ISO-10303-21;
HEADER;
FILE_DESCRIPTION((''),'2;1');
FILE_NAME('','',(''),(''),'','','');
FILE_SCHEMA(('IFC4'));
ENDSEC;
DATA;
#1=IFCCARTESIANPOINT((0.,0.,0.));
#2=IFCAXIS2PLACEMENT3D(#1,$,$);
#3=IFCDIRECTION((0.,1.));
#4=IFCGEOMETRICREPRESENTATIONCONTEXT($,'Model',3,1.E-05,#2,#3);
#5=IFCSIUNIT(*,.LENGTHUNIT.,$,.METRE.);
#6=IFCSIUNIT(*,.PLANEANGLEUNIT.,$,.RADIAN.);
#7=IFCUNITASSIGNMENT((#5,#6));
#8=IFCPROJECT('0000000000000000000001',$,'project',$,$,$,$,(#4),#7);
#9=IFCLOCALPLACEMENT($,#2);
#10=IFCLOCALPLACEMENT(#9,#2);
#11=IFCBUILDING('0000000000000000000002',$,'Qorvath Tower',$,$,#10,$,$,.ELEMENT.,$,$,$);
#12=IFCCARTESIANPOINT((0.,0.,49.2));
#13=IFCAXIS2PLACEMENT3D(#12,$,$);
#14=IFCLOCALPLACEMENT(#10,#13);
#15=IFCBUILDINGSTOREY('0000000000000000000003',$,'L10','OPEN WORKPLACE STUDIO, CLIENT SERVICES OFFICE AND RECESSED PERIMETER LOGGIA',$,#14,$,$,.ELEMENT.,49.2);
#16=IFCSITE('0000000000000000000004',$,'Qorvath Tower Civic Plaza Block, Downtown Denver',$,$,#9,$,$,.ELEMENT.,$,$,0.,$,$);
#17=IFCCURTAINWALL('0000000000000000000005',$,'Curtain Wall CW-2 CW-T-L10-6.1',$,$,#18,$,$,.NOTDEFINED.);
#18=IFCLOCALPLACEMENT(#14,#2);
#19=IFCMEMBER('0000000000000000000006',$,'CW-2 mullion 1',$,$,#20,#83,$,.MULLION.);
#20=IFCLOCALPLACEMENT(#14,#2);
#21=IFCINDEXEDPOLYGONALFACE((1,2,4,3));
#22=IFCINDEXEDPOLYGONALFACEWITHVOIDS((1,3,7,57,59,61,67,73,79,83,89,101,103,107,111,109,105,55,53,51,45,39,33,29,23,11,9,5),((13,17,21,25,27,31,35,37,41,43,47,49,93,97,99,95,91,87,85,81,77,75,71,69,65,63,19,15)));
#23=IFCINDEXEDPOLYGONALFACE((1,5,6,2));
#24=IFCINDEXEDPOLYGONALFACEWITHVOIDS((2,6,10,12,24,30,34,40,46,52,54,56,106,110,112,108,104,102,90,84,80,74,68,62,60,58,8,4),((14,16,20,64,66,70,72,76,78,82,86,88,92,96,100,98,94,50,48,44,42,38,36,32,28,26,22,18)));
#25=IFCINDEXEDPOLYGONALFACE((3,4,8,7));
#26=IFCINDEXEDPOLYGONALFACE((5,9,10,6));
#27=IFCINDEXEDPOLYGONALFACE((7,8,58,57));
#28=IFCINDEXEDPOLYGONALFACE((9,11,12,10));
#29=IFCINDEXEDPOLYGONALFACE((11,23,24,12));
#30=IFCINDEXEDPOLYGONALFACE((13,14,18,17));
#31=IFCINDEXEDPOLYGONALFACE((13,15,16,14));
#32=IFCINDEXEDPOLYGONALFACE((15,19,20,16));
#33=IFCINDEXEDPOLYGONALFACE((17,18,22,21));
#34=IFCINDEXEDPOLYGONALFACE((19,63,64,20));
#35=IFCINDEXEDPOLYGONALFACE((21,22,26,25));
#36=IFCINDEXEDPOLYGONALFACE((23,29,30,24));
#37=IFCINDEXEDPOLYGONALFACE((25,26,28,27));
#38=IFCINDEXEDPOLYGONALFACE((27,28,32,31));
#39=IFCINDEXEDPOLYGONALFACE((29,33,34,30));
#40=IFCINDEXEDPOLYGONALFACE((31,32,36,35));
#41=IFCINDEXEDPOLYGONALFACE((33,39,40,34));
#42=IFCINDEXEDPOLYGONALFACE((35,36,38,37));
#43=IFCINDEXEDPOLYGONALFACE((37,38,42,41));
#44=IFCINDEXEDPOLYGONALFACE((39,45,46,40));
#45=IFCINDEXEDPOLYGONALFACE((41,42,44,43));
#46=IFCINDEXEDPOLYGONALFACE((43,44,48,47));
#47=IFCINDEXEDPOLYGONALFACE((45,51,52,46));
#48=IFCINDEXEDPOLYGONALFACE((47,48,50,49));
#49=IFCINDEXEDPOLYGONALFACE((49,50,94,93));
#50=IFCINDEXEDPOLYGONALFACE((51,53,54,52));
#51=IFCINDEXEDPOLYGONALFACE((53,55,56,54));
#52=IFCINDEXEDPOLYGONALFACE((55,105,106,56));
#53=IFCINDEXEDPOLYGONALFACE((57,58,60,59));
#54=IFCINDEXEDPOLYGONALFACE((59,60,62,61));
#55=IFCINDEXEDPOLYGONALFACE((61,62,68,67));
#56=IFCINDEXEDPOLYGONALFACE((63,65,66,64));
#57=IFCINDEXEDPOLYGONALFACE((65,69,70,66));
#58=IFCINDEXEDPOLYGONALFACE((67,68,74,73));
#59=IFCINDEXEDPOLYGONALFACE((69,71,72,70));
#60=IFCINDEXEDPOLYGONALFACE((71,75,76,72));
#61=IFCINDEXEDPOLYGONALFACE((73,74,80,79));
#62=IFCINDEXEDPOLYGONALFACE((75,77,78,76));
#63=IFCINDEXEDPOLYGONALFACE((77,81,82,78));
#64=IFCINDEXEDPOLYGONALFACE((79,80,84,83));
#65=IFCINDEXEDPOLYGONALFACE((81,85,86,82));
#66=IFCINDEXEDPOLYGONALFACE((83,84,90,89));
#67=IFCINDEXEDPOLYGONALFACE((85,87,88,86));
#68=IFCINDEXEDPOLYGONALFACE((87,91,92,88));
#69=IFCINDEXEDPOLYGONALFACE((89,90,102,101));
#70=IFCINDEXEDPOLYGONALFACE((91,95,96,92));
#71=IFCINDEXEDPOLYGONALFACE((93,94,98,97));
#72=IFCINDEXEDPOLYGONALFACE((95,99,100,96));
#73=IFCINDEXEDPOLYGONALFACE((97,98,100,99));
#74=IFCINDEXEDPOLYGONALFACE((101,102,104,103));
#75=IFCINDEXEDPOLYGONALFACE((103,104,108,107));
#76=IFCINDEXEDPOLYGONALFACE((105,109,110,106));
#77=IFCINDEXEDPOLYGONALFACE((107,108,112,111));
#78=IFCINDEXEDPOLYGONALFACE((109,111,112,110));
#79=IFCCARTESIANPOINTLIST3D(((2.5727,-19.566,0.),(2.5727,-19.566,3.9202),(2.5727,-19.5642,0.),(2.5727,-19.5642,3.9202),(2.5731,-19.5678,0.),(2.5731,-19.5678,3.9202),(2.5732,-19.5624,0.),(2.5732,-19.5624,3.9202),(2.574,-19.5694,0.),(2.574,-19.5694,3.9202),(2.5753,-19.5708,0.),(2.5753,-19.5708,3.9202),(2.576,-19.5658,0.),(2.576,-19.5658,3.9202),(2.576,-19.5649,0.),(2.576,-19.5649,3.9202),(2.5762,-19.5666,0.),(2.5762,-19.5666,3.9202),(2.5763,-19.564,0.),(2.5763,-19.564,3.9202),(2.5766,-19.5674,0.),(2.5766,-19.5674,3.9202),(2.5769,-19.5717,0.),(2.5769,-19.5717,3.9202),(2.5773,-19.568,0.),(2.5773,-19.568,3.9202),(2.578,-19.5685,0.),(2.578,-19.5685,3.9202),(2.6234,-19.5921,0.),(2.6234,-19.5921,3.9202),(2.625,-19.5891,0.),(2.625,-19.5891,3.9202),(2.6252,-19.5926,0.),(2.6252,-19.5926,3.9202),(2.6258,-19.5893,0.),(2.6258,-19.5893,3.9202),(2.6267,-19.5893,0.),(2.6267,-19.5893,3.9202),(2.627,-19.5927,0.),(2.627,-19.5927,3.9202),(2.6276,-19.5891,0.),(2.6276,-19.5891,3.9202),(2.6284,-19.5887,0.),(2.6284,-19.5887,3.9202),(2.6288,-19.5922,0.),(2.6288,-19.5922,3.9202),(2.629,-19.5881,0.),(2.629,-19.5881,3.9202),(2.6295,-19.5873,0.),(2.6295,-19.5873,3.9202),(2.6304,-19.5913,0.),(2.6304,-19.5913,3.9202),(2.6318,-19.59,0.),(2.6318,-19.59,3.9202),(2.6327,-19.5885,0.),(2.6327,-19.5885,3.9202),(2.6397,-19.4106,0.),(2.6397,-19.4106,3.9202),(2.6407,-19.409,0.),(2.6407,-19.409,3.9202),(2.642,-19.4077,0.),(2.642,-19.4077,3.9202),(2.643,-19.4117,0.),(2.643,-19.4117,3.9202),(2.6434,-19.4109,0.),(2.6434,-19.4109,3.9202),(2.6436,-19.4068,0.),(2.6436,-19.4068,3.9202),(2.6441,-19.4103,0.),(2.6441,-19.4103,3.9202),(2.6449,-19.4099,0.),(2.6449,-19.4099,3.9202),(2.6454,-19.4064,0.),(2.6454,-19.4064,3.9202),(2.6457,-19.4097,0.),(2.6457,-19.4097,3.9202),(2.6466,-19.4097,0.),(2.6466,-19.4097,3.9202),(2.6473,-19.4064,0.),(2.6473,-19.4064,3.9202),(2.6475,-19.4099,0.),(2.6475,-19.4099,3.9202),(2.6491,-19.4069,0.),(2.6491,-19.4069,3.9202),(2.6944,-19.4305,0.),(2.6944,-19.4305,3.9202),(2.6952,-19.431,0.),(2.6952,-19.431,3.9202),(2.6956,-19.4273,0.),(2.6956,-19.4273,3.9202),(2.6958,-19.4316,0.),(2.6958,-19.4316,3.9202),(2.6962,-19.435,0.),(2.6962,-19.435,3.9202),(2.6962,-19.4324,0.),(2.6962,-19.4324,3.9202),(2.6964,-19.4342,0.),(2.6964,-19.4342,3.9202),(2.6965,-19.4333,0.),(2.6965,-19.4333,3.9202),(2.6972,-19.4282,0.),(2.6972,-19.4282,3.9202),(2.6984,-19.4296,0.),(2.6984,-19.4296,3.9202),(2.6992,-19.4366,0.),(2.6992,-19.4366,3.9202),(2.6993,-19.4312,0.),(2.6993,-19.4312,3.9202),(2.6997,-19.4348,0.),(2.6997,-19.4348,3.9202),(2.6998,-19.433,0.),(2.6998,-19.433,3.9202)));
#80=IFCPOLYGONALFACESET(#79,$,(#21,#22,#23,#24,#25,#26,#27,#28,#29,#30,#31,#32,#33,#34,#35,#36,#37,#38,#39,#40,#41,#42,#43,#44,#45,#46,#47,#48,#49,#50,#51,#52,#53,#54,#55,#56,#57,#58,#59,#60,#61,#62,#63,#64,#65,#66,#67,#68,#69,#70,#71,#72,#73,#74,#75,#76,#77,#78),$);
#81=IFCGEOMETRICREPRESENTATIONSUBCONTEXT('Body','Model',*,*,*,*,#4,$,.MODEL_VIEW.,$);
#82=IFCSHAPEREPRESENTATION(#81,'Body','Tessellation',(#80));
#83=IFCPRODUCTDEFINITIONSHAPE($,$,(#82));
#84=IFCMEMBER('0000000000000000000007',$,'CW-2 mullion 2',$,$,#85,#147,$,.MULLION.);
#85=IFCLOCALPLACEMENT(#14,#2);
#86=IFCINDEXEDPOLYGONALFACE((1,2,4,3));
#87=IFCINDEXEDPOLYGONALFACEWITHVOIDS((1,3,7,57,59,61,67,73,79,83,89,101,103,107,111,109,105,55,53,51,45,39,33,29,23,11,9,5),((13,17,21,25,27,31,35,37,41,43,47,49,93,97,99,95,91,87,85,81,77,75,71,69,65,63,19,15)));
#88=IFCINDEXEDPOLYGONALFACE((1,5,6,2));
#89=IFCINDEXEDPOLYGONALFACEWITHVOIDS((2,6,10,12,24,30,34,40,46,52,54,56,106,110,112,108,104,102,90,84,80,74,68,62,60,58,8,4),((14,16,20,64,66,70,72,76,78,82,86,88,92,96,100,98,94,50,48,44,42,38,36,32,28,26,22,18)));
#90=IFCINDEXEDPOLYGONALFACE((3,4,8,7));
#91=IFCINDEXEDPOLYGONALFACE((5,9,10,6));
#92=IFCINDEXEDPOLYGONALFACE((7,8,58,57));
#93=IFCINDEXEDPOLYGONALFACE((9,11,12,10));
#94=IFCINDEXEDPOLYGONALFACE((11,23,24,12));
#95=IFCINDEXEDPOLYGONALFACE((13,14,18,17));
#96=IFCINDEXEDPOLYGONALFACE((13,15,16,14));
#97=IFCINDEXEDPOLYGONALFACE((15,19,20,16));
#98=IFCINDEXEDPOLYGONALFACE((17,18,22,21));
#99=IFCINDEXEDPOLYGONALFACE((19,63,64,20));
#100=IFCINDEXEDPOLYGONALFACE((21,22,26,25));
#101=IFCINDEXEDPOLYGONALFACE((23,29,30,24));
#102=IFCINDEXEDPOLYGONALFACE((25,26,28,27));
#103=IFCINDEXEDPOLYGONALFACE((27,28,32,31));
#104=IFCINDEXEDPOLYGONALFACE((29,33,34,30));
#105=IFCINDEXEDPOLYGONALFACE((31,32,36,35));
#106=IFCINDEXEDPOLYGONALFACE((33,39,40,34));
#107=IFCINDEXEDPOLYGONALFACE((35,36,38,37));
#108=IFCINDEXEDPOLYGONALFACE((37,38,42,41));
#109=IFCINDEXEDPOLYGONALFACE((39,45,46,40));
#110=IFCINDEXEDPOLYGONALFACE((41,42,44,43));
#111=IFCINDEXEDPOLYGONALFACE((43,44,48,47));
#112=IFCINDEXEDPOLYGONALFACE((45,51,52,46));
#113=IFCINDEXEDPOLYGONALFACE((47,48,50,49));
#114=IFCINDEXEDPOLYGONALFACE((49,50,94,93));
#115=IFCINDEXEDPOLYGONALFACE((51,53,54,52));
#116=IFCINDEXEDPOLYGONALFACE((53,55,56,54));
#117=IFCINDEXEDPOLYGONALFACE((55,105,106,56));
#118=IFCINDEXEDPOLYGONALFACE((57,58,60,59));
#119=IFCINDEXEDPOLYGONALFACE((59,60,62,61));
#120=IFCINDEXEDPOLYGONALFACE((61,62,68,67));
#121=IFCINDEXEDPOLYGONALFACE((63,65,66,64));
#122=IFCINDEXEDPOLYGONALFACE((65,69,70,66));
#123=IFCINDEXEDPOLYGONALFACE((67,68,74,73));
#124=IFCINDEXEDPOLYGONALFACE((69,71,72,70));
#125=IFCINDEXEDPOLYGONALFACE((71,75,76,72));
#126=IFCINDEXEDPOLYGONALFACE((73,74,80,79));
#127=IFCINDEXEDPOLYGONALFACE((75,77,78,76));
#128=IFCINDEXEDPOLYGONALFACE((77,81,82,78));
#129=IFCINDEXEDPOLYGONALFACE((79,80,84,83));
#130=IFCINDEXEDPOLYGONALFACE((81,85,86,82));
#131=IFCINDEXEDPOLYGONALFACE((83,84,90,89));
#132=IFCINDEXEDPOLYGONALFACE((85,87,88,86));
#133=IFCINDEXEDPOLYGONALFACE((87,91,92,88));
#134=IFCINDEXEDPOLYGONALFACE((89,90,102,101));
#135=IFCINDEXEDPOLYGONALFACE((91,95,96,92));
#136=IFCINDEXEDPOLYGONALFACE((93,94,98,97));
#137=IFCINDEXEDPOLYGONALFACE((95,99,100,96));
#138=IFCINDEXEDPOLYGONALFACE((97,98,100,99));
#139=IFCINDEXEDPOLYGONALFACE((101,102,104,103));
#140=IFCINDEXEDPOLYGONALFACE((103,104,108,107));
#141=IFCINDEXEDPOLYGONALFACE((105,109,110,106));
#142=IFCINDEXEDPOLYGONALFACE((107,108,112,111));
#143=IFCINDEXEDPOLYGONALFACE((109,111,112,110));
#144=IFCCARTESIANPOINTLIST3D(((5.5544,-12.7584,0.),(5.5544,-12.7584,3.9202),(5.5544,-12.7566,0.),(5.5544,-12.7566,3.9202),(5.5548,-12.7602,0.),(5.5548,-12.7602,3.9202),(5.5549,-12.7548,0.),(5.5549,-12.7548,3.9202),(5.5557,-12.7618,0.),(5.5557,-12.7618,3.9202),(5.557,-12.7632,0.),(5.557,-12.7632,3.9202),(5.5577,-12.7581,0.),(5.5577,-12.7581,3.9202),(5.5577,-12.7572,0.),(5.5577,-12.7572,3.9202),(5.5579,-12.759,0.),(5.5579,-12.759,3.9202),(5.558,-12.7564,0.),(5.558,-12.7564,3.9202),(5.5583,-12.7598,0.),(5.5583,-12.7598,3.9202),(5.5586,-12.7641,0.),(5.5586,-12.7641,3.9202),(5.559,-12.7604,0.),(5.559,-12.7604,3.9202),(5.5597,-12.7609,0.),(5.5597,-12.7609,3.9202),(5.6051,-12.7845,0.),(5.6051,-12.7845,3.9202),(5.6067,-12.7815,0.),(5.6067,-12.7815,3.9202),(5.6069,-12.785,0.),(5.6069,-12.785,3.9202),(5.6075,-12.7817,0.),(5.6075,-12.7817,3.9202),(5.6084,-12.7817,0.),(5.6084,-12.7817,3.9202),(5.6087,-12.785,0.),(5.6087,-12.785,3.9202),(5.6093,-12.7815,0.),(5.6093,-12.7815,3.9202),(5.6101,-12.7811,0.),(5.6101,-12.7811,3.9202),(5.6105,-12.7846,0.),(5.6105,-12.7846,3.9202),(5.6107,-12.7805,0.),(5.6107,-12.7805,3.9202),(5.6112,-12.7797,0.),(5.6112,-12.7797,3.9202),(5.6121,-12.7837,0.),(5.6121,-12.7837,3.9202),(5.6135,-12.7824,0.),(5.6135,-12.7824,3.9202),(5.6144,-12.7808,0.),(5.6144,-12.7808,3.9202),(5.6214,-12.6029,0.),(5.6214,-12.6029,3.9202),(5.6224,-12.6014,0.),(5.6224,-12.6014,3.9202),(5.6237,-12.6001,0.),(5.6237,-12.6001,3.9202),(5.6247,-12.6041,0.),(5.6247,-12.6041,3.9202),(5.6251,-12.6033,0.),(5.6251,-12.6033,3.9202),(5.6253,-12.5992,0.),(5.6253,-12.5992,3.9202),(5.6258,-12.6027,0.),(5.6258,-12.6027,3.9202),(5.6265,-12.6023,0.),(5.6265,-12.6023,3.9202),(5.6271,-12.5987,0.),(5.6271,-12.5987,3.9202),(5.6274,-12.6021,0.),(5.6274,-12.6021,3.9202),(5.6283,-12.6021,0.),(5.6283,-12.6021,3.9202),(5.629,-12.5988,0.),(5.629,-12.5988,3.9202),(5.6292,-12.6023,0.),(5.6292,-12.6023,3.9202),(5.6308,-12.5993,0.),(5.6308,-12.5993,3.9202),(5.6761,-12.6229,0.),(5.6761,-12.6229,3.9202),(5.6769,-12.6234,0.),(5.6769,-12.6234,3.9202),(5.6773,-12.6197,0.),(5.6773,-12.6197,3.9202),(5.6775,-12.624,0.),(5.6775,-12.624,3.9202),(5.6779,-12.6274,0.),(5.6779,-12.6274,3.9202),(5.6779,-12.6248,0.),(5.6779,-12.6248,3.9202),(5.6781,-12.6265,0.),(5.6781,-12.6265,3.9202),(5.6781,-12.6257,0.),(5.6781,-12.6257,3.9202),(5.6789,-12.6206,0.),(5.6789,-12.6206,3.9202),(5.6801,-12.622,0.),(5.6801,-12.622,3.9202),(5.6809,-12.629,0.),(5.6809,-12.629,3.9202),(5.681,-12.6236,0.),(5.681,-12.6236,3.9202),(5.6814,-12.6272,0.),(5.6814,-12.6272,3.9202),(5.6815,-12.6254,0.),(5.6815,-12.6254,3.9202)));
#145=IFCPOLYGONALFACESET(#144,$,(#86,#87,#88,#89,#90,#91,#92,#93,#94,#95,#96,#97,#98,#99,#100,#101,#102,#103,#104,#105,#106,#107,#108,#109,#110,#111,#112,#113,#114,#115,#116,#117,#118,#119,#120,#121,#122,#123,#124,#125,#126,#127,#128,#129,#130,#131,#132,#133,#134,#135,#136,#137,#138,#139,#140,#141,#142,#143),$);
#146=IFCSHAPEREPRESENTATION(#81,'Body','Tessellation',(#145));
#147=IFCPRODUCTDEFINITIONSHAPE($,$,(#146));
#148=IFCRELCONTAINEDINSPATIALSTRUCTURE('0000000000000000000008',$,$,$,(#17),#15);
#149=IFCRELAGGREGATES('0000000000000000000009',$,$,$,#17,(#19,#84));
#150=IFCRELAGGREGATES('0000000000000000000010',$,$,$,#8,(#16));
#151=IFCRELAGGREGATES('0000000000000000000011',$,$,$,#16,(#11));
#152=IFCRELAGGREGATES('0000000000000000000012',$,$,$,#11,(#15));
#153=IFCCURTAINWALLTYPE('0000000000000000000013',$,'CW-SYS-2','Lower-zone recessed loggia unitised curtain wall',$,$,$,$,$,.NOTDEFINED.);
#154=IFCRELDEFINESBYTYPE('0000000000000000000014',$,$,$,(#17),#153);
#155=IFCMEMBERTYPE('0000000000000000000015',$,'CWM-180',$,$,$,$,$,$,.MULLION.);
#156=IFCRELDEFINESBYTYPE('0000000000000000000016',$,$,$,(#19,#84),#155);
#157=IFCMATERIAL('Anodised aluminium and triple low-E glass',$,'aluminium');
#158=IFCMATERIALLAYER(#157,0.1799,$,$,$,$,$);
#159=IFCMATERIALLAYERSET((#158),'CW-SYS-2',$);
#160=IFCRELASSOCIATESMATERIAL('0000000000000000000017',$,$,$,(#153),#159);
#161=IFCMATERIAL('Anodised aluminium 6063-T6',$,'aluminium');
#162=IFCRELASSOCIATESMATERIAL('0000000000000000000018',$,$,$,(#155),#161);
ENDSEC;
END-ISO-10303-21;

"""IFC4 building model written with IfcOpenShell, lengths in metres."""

from ifc_helpers import new_model, si_unit, direction, frame, origin, origin_2d, place, context, subcontext, project, spatial, hollow_rectangle, extrude, material, layer, layer_set, material_profile, profile_set, type_object, element, aggregate, save


model = new_model("IFC4")

# Units and contexts
model_context = context("Model", 3, precision=1e-05, world=origin(), true_north=direction((0.0, 1.0)))
body_context = subcontext(model_context, "Body", "Model", "MODEL_VIEW")
ifc_project = project(units=[si_unit("LENGTHUNIT", "METRE"), si_unit("PLANEANGLEUNIT", "RADIAN")], contexts=[model_context])

# Site, building, storey
site_placement = place(None, origin())
site = spatial("IfcSite", under=ifc_project, at=site_placement, Name="Qorvath Tower Civic Plaza Block, Downtown Denver", CompositionType="ELEMENT", RefElevation=0.0)
building_placement = place(site_placement, origin())
building = spatial("IfcBuilding", under=site, at=building_placement, Name="Qorvath Tower", CompositionType="ELEMENT")
storey_placement = place(building_placement, frame((0.0, 0.0, 49.2)))
storey = spatial("IfcBuildingStorey", under=building, at=storey_placement, Name="L10", Description="OPEN WORKPLACE STUDIO, CLIENT SERVICES OFFICE AND RECESSED PERIMETER LOGGIA", CompositionType="ELEMENT", Elevation=49.2)

# Curtain wall, members
ifc_material_1 = material(Name="Anodised aluminium and triple low-E glass", Category="aluminium")
ifc_layer_1 = layer(ifc_material_1, 0.1799)
ifc_layer_set_1 = layer_set([ifc_layer_1], Name="CW-SYS-2")
curtain_wall_type = type_object("IfcCurtainWallType", Name="CW-SYS-2", Description="Lower-zone recessed loggia unitised curtain wall", PredefinedType="NOTDEFINED", material=ifc_layer_set_1)
ifc_material_2 = material(Name="Anodised aluminium 6063-T6", Category="aluminium")
ifc_material_profile_1 = material_profile(ifc_material_2, hollow_rectangle(XDim=0.0649, YDim=0.1799, WallThickness=0.0034, InnerFilletRadius=0.0034, OuterFilletRadius=0.0071, at=origin_2d()), Name="CWM 180x65")
ifc_profile_set_1 = profile_set([ifc_material_profile_1], Name="Anodised aluminium 6063-T6")
member_type_1 = type_object("IfcMemberType", Name="CWM-180", PredefinedType="MULLION", material=ifc_profile_set_1)
curtain_wall_1_placement = place(storey_placement, origin())
curtain_wall_1 = element("IfcCurtainWall", 1, at=curtain_wall_1_placement, inside=storey, type_object=curtain_wall_type, Name="Curtain Wall CW-2 CW-T-L10-6.1", PredefinedType="NOTDEFINED")
member_1_placement = place(storey_placement, frame((2.6362, -19.4995, 0.0), z_axis=(0.0, 0.0, 1.0), x_axis=(-0.916001, 0.401177, 0.0)))
member_1 = element("IfcMember", 2, at=member_1_placement, type_object=member_type_1, Name="CW-2 mullion 1", PredefinedType="MULLION", context=body_context, shape_type="SweptSolid", body=[
    extrude(hollow_rectangle(XDim=0.0649, YDim=0.1799, WallThickness=0.0034, InnerFilletRadius=0.0034, OuterFilletRadius=0.0071, at=origin_2d()), origin(), (0.0, 0.0, 1.0), 3.9202),
])
member_2_placement = place(storey_placement, frame((5.6179, -12.6919, 0.0), z_axis=(0.0, 0.0, 1.0), x_axis=(-0.916001, 0.401177, 0.0)))
member_2 = element("IfcMember", 3, at=member_2_placement, type_object=member_type_1, Name="CW-2 mullion 2", PredefinedType="MULLION", context=body_context, shape_type="SweptSolid", body=[
    extrude(hollow_rectangle(XDim=0.0649, YDim=0.1799, WallThickness=0.0034, InnerFilletRadius=0.0034, OuterFilletRadius=0.0071, at=origin_2d()), origin(), (0.0, 0.0, 1.0), 3.9202),
])

aggregate(curtain_wall_1, [member_1, member_2])

save(model, "model.ifc")
